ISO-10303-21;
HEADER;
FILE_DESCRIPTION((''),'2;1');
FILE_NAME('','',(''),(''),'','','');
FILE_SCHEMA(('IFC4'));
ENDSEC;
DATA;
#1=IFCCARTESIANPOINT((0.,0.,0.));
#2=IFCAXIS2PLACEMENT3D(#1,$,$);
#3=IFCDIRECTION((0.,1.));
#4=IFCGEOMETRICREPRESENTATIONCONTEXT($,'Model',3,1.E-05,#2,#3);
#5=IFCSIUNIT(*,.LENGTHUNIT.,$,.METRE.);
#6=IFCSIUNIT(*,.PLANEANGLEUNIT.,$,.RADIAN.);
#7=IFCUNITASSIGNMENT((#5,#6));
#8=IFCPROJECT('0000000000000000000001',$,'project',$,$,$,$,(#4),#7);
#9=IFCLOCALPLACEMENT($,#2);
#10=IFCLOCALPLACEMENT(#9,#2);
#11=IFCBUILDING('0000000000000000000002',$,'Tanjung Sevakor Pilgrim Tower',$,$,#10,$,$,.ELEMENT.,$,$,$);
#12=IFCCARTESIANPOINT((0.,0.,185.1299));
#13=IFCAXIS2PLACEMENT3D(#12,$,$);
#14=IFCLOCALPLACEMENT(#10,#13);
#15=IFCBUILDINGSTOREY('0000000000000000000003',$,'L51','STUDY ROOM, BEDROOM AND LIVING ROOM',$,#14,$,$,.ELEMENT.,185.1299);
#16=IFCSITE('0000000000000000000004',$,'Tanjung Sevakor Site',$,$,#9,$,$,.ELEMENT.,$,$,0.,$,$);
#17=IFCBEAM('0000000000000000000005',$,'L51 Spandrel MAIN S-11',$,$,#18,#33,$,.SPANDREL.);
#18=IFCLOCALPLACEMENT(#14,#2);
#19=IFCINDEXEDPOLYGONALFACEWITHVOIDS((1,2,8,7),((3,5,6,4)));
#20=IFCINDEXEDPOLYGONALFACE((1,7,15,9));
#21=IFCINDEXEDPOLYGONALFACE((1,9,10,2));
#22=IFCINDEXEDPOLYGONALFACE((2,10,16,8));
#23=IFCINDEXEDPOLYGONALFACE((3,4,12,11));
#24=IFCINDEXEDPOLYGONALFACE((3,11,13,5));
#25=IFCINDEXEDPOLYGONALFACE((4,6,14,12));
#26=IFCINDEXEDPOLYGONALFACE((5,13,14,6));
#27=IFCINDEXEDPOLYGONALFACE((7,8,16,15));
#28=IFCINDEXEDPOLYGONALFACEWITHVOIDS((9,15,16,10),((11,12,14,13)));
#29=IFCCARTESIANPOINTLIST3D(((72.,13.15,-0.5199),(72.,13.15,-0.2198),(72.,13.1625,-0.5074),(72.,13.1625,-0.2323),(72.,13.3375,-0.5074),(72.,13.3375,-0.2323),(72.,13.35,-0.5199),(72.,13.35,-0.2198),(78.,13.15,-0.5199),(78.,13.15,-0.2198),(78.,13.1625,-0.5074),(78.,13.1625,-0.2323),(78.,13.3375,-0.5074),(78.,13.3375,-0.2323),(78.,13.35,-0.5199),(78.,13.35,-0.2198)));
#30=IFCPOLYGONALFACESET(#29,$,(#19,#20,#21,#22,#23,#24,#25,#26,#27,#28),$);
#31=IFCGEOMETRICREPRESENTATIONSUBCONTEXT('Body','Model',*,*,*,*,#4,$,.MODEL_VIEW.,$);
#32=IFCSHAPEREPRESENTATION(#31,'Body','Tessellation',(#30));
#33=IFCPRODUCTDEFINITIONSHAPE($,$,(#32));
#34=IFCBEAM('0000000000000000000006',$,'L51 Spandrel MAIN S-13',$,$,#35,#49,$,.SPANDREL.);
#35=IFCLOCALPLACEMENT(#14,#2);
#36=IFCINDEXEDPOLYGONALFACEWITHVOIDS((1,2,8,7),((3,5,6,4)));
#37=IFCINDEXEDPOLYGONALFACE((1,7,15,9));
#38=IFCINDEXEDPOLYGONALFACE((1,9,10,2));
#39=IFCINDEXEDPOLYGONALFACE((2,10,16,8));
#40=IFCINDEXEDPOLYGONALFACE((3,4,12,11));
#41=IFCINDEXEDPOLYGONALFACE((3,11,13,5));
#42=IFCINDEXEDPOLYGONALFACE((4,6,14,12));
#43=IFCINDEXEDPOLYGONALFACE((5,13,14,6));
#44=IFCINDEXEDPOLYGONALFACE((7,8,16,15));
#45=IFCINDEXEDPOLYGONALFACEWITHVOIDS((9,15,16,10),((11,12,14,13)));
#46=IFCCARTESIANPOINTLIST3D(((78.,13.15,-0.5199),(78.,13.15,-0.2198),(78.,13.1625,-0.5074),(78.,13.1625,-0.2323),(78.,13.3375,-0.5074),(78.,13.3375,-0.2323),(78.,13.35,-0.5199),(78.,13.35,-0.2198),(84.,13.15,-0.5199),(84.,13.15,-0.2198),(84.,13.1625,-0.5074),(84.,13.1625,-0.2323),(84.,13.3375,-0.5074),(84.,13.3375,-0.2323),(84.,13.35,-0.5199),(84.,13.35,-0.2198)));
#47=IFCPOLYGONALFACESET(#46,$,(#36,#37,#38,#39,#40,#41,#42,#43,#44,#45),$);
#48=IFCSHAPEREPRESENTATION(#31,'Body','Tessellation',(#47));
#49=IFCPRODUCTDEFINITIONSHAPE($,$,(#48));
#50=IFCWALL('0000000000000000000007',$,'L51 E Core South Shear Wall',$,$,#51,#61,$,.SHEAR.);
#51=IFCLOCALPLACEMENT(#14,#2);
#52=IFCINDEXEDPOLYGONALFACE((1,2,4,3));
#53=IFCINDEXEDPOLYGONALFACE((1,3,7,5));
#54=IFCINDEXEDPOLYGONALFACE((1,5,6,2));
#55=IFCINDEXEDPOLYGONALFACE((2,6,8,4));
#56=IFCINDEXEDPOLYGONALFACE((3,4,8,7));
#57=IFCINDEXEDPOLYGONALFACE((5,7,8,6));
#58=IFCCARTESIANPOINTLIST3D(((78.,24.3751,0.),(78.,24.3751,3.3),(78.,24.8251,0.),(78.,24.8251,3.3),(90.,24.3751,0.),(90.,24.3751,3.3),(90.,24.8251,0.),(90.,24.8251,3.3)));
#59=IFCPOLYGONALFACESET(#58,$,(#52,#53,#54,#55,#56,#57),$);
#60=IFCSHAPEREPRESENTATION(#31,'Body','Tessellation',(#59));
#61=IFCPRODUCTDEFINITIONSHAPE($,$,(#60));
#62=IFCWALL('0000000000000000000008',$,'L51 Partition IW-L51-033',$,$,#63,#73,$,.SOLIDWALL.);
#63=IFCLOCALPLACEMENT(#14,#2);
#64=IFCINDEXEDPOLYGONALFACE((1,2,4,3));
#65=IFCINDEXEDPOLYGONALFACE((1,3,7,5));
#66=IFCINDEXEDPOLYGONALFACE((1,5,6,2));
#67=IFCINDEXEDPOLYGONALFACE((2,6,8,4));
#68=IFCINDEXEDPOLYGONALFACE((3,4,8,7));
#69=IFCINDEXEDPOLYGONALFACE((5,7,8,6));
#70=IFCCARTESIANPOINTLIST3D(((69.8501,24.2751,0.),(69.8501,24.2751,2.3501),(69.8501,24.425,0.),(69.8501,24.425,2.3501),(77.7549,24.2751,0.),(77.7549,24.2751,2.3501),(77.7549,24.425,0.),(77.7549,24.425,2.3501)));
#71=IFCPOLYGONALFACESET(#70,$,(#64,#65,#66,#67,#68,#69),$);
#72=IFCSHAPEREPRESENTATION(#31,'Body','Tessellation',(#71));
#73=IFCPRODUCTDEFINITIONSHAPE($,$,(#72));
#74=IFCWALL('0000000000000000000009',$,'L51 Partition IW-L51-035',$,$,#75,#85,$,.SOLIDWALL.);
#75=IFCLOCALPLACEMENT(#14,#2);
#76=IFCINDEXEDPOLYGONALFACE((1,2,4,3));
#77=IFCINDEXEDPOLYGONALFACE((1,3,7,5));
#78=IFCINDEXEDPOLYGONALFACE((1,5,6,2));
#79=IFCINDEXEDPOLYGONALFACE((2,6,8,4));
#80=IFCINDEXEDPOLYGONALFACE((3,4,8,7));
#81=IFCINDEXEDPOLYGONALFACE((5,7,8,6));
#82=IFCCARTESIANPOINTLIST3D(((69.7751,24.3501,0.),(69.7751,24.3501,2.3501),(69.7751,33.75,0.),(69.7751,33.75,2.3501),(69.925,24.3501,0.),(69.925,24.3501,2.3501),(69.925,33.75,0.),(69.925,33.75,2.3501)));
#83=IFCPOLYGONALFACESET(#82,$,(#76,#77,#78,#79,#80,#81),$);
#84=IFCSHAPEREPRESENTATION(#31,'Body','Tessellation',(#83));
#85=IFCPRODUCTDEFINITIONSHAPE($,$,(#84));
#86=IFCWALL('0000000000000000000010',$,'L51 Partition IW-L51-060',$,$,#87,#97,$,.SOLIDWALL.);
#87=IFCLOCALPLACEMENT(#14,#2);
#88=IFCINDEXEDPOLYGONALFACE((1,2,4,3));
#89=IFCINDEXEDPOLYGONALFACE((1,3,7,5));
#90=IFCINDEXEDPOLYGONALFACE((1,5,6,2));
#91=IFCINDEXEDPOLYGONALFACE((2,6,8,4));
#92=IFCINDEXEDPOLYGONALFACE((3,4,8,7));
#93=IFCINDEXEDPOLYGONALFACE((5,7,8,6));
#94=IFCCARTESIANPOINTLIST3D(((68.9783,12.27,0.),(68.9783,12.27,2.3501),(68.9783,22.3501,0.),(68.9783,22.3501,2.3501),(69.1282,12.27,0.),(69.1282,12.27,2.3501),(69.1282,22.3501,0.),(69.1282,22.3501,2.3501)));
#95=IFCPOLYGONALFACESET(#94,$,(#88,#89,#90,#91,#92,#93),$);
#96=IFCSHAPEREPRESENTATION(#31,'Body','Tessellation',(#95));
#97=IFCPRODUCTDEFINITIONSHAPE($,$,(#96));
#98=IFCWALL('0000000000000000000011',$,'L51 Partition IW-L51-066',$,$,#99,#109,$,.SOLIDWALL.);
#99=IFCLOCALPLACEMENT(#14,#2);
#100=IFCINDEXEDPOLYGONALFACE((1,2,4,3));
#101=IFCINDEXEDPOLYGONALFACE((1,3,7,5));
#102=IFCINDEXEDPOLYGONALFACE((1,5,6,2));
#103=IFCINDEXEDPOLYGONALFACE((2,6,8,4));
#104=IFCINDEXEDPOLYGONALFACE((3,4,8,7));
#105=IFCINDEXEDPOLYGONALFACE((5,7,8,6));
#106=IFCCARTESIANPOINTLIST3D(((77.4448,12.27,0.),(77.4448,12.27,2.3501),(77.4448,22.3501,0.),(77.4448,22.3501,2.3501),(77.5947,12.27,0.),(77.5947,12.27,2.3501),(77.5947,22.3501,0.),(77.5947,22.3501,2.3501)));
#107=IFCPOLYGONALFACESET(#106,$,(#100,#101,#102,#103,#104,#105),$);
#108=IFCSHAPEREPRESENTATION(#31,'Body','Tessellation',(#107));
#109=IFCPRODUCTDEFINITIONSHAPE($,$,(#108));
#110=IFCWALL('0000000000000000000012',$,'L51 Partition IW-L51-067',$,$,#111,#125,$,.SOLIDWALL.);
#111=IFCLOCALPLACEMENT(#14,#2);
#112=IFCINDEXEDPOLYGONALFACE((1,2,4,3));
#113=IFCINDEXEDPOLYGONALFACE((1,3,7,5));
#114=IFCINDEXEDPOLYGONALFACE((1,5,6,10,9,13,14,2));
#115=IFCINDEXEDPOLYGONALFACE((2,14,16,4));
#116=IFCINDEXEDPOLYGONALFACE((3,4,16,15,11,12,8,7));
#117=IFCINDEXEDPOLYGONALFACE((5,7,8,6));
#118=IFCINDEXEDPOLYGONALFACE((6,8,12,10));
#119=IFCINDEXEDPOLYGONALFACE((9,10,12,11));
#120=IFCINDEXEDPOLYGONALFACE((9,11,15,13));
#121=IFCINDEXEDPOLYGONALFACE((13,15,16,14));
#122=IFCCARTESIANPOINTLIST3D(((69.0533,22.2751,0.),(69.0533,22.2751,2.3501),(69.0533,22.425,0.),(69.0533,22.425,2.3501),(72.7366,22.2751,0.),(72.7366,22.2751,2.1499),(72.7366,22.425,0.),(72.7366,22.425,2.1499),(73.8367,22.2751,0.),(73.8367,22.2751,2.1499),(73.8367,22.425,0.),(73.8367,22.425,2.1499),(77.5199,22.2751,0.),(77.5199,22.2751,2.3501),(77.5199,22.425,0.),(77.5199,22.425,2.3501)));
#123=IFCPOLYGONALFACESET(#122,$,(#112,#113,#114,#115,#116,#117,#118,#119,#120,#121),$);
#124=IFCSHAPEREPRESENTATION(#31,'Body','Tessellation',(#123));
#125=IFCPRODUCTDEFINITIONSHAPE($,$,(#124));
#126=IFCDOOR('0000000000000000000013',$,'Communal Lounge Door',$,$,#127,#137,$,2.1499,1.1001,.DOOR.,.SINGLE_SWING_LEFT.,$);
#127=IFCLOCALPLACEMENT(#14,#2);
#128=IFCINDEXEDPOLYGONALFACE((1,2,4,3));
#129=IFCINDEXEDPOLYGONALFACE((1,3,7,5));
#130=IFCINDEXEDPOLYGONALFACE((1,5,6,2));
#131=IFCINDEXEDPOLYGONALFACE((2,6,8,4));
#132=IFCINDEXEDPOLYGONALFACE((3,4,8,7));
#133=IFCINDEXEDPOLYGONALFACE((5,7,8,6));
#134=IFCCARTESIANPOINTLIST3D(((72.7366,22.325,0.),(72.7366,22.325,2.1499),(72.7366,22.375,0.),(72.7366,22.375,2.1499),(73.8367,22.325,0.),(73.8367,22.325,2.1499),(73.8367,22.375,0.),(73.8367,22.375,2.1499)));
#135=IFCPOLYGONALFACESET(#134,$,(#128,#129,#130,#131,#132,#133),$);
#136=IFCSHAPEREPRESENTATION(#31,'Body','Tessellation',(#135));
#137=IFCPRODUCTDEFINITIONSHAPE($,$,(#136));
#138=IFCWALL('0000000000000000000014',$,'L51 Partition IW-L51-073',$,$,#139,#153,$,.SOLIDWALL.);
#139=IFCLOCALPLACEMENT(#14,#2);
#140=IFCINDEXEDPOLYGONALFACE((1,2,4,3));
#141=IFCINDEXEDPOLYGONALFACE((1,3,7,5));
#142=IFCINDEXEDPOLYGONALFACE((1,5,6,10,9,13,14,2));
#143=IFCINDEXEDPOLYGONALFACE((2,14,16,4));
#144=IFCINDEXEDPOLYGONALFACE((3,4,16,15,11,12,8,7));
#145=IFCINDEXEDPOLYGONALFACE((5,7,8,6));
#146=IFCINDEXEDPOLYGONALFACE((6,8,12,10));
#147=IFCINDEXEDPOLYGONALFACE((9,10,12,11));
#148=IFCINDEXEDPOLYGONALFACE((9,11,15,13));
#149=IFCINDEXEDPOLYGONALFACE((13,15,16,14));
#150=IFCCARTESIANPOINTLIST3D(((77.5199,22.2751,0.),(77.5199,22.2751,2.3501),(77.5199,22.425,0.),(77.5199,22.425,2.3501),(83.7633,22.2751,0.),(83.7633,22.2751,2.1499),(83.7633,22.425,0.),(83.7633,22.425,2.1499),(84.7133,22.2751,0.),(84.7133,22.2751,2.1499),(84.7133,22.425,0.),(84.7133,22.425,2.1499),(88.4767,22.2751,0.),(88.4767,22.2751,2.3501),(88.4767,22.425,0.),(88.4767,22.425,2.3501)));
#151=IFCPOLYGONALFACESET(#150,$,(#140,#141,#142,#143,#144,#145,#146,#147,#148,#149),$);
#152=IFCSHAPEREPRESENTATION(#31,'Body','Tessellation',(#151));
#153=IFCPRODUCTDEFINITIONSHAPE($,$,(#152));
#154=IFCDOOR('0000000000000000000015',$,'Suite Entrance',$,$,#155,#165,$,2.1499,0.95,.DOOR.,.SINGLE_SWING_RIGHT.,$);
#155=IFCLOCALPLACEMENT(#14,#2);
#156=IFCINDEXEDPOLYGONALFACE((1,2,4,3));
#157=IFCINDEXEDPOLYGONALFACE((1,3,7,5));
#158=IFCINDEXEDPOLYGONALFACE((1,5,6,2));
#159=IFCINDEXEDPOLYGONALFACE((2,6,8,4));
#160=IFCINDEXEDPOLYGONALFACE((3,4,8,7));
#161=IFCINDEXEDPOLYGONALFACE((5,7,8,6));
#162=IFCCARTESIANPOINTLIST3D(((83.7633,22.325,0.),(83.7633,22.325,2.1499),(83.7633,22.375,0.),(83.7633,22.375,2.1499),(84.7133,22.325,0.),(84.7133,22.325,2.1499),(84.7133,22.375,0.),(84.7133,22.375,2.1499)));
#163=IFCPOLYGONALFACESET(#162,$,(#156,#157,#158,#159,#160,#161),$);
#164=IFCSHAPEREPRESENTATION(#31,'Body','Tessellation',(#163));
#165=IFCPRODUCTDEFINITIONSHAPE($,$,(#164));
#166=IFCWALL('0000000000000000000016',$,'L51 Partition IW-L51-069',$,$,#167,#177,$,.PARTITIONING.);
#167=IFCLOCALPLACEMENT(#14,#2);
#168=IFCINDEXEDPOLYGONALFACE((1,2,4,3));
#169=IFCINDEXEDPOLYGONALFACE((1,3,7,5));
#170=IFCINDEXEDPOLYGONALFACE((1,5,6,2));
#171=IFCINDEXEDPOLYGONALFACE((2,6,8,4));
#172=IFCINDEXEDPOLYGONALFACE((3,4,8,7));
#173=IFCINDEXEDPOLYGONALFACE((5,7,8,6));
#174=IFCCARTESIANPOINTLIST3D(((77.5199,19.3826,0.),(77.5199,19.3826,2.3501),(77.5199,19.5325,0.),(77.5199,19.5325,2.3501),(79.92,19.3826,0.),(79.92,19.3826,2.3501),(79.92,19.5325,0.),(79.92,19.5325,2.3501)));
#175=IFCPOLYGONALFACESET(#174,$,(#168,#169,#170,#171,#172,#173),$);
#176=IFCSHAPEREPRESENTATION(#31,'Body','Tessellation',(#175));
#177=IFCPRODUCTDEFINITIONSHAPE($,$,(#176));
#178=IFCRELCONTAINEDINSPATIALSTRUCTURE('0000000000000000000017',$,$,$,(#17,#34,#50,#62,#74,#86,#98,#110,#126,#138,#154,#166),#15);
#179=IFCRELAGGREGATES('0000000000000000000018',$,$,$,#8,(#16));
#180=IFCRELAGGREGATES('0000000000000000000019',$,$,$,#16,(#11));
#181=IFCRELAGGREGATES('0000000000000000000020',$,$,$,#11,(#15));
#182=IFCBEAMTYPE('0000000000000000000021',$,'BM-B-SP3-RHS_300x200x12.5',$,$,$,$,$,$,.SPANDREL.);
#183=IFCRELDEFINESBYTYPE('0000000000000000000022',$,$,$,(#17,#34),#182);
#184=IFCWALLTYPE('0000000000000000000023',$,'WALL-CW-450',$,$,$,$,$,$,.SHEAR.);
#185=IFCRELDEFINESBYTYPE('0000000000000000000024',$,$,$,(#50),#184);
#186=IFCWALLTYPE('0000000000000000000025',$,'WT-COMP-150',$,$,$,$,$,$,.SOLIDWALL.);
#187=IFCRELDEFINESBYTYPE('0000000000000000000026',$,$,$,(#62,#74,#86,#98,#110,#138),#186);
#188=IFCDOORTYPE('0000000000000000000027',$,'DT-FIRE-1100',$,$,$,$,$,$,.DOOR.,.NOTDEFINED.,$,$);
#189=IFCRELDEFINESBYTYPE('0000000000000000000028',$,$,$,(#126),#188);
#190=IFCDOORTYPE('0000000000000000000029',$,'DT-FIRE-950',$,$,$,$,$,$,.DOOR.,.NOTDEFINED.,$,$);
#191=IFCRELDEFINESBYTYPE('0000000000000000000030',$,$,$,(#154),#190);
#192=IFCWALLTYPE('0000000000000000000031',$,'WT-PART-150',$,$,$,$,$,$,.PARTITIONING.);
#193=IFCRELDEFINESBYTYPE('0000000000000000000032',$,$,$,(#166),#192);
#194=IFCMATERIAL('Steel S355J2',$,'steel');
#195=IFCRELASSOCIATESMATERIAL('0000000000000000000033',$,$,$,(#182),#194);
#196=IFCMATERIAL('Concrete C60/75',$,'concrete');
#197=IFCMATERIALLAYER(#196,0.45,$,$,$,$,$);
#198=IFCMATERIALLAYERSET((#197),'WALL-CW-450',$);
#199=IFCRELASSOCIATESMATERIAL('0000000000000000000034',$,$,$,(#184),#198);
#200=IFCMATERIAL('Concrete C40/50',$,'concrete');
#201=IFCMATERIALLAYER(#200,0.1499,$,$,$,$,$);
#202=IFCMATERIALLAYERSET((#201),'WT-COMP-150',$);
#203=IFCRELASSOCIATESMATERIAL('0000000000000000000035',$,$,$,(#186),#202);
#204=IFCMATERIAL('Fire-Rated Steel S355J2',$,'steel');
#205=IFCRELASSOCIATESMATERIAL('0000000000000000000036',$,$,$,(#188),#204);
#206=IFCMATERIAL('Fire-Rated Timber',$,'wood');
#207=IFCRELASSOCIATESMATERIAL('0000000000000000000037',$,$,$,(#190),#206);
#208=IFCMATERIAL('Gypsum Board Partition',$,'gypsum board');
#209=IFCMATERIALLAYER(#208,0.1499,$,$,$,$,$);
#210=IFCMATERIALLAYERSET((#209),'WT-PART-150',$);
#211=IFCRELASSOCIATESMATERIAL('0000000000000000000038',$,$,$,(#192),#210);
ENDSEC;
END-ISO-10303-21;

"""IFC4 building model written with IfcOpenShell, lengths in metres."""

from ifc_helpers import new_model, si_unit, direction, frame, frame_2d, origin, origin_2d, place, context, subcontext, project, spatial, rectangle, hollow_rectangle, extrude, material, layer, layer_set, material_profile, profile_set, type_object, element, fill, save


model = new_model("IFC4")

# Units and contexts
model_context = context("Model", 3, precision=1e-05, world=origin(), true_north=direction((0.0, 1.0)))
body_context = subcontext(model_context, "Body", "Model", "MODEL_VIEW")
ifc_project = project(units=[si_unit("LENGTHUNIT", "METRE"), si_unit("PLANEANGLEUNIT", "RADIAN")], contexts=[model_context])

# Site, building, storey
site_placement = place(None, origin())
site = spatial("IfcSite", under=ifc_project, at=site_placement, Name="Tanjung Sevakor Site", CompositionType="ELEMENT", RefElevation=0.0)
building_placement = place(site_placement, origin())
building = spatial("IfcBuilding", under=site, at=building_placement, Name="Tanjung Sevakor Pilgrim Tower", CompositionType="ELEMENT")
storey_placement = place(building_placement, frame((0.0, 0.0, 185.1299)))
storey = spatial("IfcBuildingStorey", under=building, at=storey_placement, Name="L51", Description="STUDY ROOM, BEDROOM AND LIVING ROOM", CompositionType="ELEMENT", Elevation=185.1299)

# Beams
ifc_material_1 = material(Name="Steel S355J2", Category="steel")
ifc_material_profile_1 = material_profile(ifc_material_1, hollow_rectangle(XDim=0.2, YDim=0.3, WallThickness=0.0125, at=origin_2d()))
ifc_profile_set_1 = profile_set([ifc_material_profile_1], Name="Steel S355J2")
beam_type_1 = type_object("IfcBeamType", Name="BM-B-SP3-RHS_300x200x12.5", PredefinedType="SPANDREL", material=ifc_profile_set_1)
for number, where, z_axis, x_axis, name in (
    (1, (72.0, 13.25, -0.3699), (1.0, 0.0, 0.0), (0.0, 1.0, 0.0), "L51 Spandrel MAIN S-11"),
    (2, (78.0, 13.25, -0.3699), (1.0, 0.0, 0.0), (0.0, 1.0, 0.0), "L51 Spandrel MAIN S-13"),
):
    element("IfcBeam", number, at=place(storey_placement, frame(where, z_axis=z_axis, x_axis=x_axis)), inside=storey, type_object=beam_type_1, Name=name, PredefinedType="SPANDREL", context=body_context, shape_type="SweptSolid", body=[
        extrude(hollow_rectangle(XDim=0.2, YDim=0.3, WallThickness=0.0125, at=origin_2d()), origin(), (0.0, 0.0, 1.0), 6.0),
    ])

# Walls
ifc_material_2 = material(Name="Concrete C60/75", Category="concrete")
ifc_layer_1 = layer(ifc_material_2, 0.45)
ifc_layer_set_1 = layer_set([ifc_layer_1], Name="WALL-CW-450")
wall_type_1 = type_object("IfcWallType", Name="WALL-CW-450", PredefinedType="SHEAR", material=ifc_layer_set_1)
wall_1_placement = place(storey_placement, frame((78.0, 24.6001, 0.0), z_axis=(0.0, 0.0, 1.0), x_axis=(1.0, 0.0, 0.0)))
element("IfcWall", 3, at=wall_1_placement, inside=storey, type_object=wall_type_1, Name="L51 E Core South Shear Wall", PredefinedType="SHEAR", context=body_context, shape_type="SweptSolid", body=[
    extrude(rectangle(XDim=12.0, YDim=0.45, at=frame_2d((6.0, 0.0))), origin(), (0.0, 0.0, 1.0), 3.3),
])
ifc_material_3 = material(Name="Concrete C40/50", Category="concrete")
ifc_layer_2 = layer(ifc_material_3, 0.1499)
ifc_layer_set_2 = layer_set([ifc_layer_2], Name="WT-COMP-150")
wall_type_2 = type_object("IfcWallType", Name="WT-COMP-150", PredefinedType="SOLIDWALL", material=ifc_layer_set_2)
wall_2_placement = place(storey_placement, frame((69.8501, 24.3501, 0.0), z_axis=(0.0, 0.0, 1.0), x_axis=(1.0, 0.0, 0.0)))
element("IfcWall", 4, at=wall_2_placement, inside=storey, type_object=wall_type_2, Name="L51 Partition IW-L51-033", PredefinedType="SOLIDWALL", context=body_context, shape_type="SweptSolid", body=[
    extrude(rectangle(XDim=7.9048, YDim=0.1499, at=frame_2d((3.9524, 0.0))), origin(), (0.0, 0.0, 1.0), 2.3501),
])
wall_3_placement = place(storey_placement, frame((69.8501, 24.3501, 0.0), z_axis=(0.0, 0.0, 1.0), x_axis=(0.0, 1.0, 0.0)))
element("IfcWall", 5, at=wall_3_placement, inside=storey, type_object=wall_type_2, Name="L51 Partition IW-L51-035", PredefinedType="SOLIDWALL", context=body_context, shape_type="SweptSolid", body=[
    extrude(rectangle(XDim=9.3999, YDim=0.1499, at=frame_2d((4.7, 0.0))), origin(), (0.0, 0.0, 1.0), 2.3501),
])
for number, where, z_axis, x_axis, name in (
    (6, (69.0532, 12.27, 0.0), (0.0, 0.0, 1.0), (0.0, 1.0, 0.0), "L51 Partition IW-L51-060"),
    (7, (77.5198, 12.27, 0.0), (0.0, 0.0, 1.0), (0.0, 1.0, 0.0), "L51 Partition IW-L51-066"),
):
    element("IfcWall", number, at=place(storey_placement, frame(where, z_axis=z_axis, x_axis=x_axis)), inside=storey, type_object=wall_type_2, Name=name, PredefinedType="SOLIDWALL", context=body_context, shape_type="SweptSolid", body=[
        extrude(rectangle(XDim=10.0801, YDim=0.1499, at=frame_2d((5.04, 0.0))), origin(), (0.0, 0.0, 1.0), 2.3501),
    ])

# Walls, openings, doors
wall_4_placement = place(storey_placement, frame((69.0532, 22.3501, 0.0), z_axis=(0.0, 0.0, 1.0), x_axis=(1.0, 0.0, 0.0)))
wall_4 = element("IfcWall", 8, at=wall_4_placement, inside=storey, type_object=wall_type_2, Name="L51 Partition IW-L51-067", PredefinedType="SOLIDWALL", context=body_context, shape_type="SweptSolid", body=[
    extrude(rectangle(XDim=8.4666, YDim=0.1499, at=frame_2d((4.2334, 0.0))), origin(), (0.0, 0.0, 1.0), 2.3501),
])
opening_1_placement = place(wall_4_placement, frame((3.6833, 0.0, 0.0)))
opening_1 = element("IfcOpeningElement", 9, at=opening_1_placement, cuts=wall_4, PredefinedType="OPENING", context=body_context, shape_type="SweptSolid", body=[
    extrude(rectangle(XDim=1.1001, YDim=2.1499, at=frame_2d((0.55, 1.075))), frame((0.0, 0.085, 0.0), z_axis=(0.0, -1.0, 0.0), x_axis=(1.0, 0.0, 0.0)), (0.0, 0.0, 1.0), 0.1699),
])
ifc_material_4 = material(Name="Fire-Rated Steel S355J2", Category="steel")
door_type_1 = type_object("IfcDoorType", Name="DT-FIRE-1100", OperationType="NOTDEFINED", PredefinedType="DOOR", material=ifc_material_4)
door_1_placement = place(opening_1_placement, origin())
door_1 = element("IfcDoor", 10, at=door_1_placement, inside=storey, type_object=door_type_1, Name="Communal Lounge Door", OperationType="SINGLE_SWING_LEFT", OverallHeight=2.1499, OverallWidth=1.1001, PredefinedType="DOOR", context=body_context, shape_type="SweptSolid", body=[
    extrude(rectangle(XDim=1.1001, YDim=2.1499, at=frame_2d((0.55, 1.075))), frame((0.0, 0.0249, 0.0), z_axis=(0.0, -1.0, 0.0), x_axis=(1.0, 0.0, 0.0)), (0.0, 0.0, 1.0), 0.05),
])
fill(opening_1, door_1)
wall_5_placement = place(storey_placement, frame((77.5198, 22.3501, 0.0), z_axis=(0.0, 0.0, 1.0), x_axis=(1.0, 0.0, 0.0)))
wall_5 = element("IfcWall", 11, at=wall_5_placement, inside=storey, type_object=wall_type_2, Name="L51 Partition IW-L51-073", PredefinedType="SOLIDWALL", context=body_context, shape_type="SweptSolid", body=[
    extrude(rectangle(XDim=10.9568, YDim=0.1499, at=frame_2d((5.4785, 0.0))), origin(), (0.0, 0.0, 1.0), 2.3501),
])
opening_2_placement = place(wall_5_placement, frame((6.2434, 0.0, 0.0)))
opening_2 = element("IfcOpeningElement", 12, at=opening_2_placement, cuts=wall_5, PredefinedType="OPENING", context=body_context, shape_type="SweptSolid", body=[
    extrude(rectangle(XDim=0.95, YDim=2.1499, at=frame_2d((0.4751, 1.075))), frame((0.0, 0.085, 0.0), z_axis=(0.0, -1.0, 0.0), x_axis=(1.0, 0.0, 0.0)), (0.0, 0.0, 1.0), 0.1699),
])
ifc_material_5 = material(Name="Fire-Rated Timber", Category="wood")
door_type_2 = type_object("IfcDoorType", Name="DT-FIRE-950", OperationType="NOTDEFINED", PredefinedType="DOOR", material=ifc_material_5)
door_2_placement = place(opening_2_placement, origin())
door_2 = element("IfcDoor", 13, at=door_2_placement, inside=storey, type_object=door_type_2, Name="Suite Entrance", OperationType="SINGLE_SWING_RIGHT", OverallHeight=2.1499, OverallWidth=0.95, PredefinedType="DOOR", context=body_context, shape_type="SweptSolid", body=[
    extrude(rectangle(XDim=0.95, YDim=2.1499, at=frame_2d((0.4751, 1.075))), frame((0.0, 0.0249, 0.0), z_axis=(0.0, -1.0, 0.0), x_axis=(1.0, 0.0, 0.0)), (0.0, 0.0, 1.0), 0.05),
])
fill(opening_2, door_2)

# Wall
ifc_material_6 = material(Name="Gypsum Board Partition", Category="gypsum board")
ifc_layer_3 = layer(ifc_material_6, 0.1499)
ifc_layer_set_3 = layer_set([ifc_layer_3], Name="WT-PART-150")
wall_type_3 = type_object("IfcWallType", Name="WT-PART-150", PredefinedType="PARTITIONING", material=ifc_layer_set_3)
wall_6_placement = place(storey_placement, frame((77.5198, 19.4575, 0.0), z_axis=(0.0, 0.0, 1.0), x_axis=(1.0, 0.0, 0.0)))
element("IfcWall", 14, at=wall_6_placement, inside=storey, type_object=wall_type_3, Name="L51 Partition IW-L51-069", PredefinedType="PARTITIONING", context=body_context, shape_type="SweptSolid", body=[
    extrude(rectangle(XDim=2.4001, YDim=0.1499, at=frame_2d((1.2002, 0.0))), origin(), (0.0, 0.0, 1.0), 2.3501),
])

save(model, "model.ifc")
